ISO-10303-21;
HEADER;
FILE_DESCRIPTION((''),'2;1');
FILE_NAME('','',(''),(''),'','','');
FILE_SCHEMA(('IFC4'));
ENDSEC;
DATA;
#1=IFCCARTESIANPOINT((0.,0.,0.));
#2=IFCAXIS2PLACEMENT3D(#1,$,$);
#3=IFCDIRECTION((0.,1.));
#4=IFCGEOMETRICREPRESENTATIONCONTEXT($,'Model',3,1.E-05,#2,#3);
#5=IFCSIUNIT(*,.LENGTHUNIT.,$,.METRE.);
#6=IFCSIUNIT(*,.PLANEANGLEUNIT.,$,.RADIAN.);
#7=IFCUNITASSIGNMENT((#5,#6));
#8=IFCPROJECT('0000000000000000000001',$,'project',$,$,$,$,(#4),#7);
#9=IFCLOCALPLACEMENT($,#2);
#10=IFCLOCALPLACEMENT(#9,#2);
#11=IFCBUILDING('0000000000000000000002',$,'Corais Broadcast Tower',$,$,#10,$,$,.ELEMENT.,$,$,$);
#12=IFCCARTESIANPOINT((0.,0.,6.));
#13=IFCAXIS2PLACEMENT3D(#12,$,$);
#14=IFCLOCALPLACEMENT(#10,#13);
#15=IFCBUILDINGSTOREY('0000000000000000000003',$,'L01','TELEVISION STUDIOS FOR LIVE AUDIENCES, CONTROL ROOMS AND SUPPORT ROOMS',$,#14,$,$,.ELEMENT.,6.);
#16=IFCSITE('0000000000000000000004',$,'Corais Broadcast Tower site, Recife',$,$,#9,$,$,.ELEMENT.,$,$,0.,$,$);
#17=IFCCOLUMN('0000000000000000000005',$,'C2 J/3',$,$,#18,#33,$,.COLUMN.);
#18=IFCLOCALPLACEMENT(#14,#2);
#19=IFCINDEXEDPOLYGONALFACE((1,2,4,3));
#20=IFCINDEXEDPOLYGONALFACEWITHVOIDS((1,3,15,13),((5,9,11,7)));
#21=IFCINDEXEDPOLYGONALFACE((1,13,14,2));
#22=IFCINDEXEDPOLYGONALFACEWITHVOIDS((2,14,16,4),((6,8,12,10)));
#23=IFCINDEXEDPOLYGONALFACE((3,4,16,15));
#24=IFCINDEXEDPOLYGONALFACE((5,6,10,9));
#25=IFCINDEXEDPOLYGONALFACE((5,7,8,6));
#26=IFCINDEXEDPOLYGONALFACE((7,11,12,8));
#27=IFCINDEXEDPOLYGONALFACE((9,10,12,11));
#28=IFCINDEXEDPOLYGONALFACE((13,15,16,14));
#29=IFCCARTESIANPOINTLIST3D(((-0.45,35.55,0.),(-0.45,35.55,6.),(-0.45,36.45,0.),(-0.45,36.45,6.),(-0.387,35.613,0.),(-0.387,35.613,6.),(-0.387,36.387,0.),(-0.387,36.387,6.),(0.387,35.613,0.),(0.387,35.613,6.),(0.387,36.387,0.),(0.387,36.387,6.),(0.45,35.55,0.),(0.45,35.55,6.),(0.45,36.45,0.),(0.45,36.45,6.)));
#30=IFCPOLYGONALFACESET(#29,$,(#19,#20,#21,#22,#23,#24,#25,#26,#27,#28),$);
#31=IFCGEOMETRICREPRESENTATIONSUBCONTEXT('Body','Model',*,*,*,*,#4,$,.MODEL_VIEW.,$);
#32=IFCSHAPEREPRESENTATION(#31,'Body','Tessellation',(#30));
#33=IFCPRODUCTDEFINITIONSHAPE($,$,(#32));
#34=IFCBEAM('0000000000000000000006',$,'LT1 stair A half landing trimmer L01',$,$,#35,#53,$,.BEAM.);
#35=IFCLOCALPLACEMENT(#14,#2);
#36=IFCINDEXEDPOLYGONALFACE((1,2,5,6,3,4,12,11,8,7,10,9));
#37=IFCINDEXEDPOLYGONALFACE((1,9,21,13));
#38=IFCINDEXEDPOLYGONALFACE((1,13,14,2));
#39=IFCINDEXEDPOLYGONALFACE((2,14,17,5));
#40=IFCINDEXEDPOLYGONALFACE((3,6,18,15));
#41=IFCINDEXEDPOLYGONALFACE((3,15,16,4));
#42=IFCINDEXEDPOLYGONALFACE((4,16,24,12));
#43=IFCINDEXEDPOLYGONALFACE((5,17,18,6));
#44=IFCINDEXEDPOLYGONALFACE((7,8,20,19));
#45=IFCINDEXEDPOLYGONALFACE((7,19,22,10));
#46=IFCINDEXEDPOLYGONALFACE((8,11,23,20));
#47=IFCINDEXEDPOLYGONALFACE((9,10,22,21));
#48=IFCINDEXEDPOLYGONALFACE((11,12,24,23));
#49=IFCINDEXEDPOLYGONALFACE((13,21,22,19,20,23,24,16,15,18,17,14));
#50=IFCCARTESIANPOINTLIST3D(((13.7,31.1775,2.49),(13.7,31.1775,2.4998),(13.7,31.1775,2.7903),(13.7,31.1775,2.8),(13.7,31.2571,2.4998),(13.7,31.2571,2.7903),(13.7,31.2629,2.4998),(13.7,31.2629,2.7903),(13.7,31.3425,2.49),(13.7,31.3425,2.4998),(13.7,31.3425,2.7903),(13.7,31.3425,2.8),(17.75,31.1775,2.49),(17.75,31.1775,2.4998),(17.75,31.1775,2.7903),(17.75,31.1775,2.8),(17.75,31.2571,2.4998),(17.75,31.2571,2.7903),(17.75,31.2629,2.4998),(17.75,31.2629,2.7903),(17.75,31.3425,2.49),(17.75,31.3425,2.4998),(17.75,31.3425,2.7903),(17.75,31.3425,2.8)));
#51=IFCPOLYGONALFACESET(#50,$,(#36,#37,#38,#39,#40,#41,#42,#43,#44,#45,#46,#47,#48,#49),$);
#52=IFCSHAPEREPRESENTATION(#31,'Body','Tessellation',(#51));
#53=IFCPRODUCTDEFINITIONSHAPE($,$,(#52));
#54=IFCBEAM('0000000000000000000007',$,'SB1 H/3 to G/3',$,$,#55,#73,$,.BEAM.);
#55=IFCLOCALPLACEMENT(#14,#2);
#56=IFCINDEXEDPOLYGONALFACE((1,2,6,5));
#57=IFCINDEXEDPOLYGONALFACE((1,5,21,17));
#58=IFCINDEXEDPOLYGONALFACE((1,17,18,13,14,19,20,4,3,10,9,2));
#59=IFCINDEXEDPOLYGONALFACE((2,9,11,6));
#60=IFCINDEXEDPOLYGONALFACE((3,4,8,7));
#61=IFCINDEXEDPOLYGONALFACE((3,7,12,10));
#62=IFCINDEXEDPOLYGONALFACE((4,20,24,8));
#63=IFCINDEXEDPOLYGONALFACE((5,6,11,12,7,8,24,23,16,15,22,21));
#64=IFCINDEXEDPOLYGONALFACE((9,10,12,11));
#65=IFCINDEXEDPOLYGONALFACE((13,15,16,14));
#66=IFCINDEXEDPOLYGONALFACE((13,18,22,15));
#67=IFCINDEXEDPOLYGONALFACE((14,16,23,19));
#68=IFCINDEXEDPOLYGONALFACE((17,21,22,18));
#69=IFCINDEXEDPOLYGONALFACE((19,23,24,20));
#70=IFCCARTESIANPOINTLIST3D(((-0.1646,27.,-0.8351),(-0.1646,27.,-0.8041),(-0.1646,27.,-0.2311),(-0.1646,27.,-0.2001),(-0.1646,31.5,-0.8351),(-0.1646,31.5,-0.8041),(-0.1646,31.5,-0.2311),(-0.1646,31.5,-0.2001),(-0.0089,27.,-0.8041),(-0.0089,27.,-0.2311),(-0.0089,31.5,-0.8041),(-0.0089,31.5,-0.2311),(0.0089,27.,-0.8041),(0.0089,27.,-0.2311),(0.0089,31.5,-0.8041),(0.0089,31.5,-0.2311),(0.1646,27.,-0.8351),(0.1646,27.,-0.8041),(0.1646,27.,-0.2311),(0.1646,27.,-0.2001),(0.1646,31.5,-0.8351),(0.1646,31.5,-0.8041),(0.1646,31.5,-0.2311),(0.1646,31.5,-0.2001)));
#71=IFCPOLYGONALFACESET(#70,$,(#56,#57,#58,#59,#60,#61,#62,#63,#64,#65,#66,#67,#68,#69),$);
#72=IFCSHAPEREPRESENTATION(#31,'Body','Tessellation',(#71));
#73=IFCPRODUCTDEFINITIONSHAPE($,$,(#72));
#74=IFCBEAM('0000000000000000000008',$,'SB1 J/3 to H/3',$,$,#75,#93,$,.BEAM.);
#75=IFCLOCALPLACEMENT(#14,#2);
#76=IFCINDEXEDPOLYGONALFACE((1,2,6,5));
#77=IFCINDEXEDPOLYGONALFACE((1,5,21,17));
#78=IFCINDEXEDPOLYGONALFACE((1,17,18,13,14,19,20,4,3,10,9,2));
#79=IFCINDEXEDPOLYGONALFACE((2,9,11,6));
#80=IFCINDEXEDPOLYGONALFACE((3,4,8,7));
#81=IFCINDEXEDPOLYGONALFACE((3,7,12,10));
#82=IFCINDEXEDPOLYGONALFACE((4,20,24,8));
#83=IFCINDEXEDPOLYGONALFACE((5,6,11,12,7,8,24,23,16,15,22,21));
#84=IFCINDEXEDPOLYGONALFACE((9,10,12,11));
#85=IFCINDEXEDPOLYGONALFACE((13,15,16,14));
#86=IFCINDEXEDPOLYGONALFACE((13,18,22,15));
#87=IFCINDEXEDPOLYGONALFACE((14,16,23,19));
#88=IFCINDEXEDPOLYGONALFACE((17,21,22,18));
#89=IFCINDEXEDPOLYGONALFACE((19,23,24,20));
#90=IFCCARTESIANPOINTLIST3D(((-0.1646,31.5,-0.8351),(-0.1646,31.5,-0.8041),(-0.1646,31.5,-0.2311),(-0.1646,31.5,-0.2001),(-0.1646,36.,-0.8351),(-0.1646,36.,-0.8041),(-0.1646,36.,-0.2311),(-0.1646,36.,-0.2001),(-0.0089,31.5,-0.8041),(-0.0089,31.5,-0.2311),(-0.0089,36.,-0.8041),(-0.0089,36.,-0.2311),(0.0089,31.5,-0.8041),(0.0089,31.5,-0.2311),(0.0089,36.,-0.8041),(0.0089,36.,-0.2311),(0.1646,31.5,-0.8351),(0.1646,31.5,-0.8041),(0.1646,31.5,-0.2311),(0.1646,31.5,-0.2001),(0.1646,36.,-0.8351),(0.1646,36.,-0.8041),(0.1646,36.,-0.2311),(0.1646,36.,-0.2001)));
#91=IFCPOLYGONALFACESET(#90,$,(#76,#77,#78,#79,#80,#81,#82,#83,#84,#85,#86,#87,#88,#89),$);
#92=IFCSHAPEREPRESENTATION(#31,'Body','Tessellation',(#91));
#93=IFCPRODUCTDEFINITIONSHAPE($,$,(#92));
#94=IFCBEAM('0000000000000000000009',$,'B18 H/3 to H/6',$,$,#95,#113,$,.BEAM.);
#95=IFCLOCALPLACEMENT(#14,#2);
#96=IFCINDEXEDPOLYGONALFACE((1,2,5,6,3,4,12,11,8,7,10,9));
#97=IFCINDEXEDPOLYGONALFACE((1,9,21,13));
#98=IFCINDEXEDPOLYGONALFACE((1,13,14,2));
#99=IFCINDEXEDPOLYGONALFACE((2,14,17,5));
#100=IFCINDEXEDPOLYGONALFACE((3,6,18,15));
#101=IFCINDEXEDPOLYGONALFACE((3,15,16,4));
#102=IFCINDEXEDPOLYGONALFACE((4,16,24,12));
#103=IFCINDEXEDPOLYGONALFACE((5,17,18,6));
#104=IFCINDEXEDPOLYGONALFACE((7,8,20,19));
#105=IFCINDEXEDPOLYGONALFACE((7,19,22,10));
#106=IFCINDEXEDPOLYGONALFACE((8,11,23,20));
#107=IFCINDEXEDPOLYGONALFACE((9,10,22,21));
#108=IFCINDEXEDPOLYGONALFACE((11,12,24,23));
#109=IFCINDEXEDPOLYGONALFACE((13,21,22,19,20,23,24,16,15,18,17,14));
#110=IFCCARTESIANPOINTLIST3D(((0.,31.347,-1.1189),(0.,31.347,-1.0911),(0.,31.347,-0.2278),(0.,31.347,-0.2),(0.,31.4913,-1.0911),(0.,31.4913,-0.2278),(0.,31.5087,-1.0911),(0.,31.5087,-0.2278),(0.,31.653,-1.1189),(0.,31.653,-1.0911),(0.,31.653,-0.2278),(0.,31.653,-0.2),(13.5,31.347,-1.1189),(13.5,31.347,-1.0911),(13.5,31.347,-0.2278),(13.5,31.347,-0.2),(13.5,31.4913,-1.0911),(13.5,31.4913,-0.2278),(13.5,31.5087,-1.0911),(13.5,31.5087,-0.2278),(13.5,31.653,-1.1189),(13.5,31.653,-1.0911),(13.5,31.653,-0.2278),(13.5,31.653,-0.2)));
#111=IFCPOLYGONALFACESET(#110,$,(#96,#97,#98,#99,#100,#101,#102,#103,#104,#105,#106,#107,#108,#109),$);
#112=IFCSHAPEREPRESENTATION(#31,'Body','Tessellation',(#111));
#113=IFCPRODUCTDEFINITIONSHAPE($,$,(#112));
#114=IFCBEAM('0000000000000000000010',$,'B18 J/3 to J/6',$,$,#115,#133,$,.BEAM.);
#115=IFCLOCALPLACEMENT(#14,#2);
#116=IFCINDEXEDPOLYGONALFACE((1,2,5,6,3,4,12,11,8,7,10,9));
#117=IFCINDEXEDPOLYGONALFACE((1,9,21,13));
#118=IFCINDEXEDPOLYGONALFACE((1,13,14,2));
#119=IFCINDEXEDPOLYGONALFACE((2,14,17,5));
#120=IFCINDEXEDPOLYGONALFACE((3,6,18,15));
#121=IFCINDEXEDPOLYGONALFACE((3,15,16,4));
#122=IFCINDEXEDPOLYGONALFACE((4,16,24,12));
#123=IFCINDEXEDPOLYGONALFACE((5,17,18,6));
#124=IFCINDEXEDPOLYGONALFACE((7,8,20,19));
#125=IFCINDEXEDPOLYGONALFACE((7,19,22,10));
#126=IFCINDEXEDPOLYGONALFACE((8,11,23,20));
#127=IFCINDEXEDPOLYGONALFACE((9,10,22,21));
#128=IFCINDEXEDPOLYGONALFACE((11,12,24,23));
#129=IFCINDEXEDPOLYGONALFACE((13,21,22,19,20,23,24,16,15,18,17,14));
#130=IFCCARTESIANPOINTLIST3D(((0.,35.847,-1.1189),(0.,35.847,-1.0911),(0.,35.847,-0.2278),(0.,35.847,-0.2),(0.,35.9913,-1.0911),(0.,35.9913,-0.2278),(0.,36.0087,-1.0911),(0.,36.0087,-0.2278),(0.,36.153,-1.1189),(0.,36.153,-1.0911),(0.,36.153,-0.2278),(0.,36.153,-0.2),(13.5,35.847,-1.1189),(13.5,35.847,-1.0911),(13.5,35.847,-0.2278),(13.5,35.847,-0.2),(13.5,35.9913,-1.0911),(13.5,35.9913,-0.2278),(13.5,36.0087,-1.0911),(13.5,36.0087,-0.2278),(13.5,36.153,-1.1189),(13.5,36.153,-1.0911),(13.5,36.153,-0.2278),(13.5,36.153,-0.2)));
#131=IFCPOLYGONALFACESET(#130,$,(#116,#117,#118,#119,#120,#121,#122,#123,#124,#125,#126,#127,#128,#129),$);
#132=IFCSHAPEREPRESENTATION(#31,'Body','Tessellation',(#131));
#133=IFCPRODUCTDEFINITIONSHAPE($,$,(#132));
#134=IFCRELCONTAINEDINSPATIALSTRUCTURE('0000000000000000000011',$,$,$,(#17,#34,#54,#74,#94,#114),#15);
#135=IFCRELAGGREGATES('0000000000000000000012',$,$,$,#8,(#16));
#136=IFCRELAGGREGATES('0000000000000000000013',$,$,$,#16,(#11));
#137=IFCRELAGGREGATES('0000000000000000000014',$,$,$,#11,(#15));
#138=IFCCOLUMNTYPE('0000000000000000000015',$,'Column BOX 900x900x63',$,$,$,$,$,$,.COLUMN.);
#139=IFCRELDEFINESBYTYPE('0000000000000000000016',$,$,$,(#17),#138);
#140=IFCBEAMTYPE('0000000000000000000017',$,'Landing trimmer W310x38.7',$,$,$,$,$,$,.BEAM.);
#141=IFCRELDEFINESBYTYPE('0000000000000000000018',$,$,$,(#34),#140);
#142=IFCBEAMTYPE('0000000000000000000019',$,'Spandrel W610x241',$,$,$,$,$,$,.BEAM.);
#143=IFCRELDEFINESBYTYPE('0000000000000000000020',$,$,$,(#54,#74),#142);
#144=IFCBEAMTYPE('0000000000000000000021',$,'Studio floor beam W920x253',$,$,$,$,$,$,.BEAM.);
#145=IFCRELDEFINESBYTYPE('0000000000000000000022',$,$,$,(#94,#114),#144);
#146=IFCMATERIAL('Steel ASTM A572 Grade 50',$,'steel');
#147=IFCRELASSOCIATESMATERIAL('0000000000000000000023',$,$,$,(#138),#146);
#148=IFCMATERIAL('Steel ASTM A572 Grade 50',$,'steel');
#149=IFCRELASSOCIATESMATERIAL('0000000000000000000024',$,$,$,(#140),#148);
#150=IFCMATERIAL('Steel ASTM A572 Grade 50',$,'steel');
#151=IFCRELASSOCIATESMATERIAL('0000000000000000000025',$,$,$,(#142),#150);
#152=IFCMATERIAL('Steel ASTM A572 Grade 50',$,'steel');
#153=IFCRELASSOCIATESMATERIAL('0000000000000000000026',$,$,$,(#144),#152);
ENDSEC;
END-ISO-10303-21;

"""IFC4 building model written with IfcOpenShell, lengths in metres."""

from ifc_helpers import new_model, si_unit, direction, frame, origin, origin_2d, place, context, subcontext, project, spatial, hollow_rectangle, i_section, extrude, material, material_profile, profile_set, type_object, element, save


model = new_model("IFC4")

# Units and contexts
model_context = context("Model", 3, precision=1e-05, world=origin(), true_north=direction((0.0, 1.0)))
body_context = subcontext(model_context, "Body", "Model", "MODEL_VIEW")
ifc_project = project(units=[si_unit("LENGTHUNIT", "METRE"), si_unit("PLANEANGLEUNIT", "RADIAN")], contexts=[model_context])

# Site, building, storey
site_placement = place(None, origin())
site = spatial("IfcSite", under=ifc_project, at=site_placement, Name="Corais Broadcast Tower site, Recife", CompositionType="ELEMENT", RefElevation=0.0)
building_placement = place(site_placement, origin())
building = spatial("IfcBuilding", under=site, at=building_placement, Name="Corais Broadcast Tower", CompositionType="ELEMENT")
storey_placement = place(building_placement, frame((0.0, 0.0, 6.0)))
storey = spatial("IfcBuildingStorey", under=building, at=storey_placement, Name="L01", Description="TELEVISION STUDIOS FOR LIVE AUDIENCES, CONTROL ROOMS AND SUPPORT ROOMS", CompositionType="ELEMENT", Elevation=6.0)

# Column
ifc_material_1 = material(Name="Steel ASTM A572 Grade 50", Category="steel")
ifc_material_profile_1 = material_profile(ifc_material_1, hollow_rectangle(XDim=0.8999, YDim=0.8999, WallThickness=0.063, at=origin_2d()), Name="BOX 900x900x63")
ifc_profile_set_1 = profile_set([ifc_material_profile_1], Name="Steel ASTM A572 Grade 50")
column_type = type_object("IfcColumnType", Name="Column BOX 900x900x63", PredefinedType="COLUMN", material=ifc_profile_set_1)
column_placement = place(storey_placement, frame((0.0, 36.0, 0.0), z_axis=(0.0, 0.0, 1.0), x_axis=(1.0, 0.0, 0.0)))
element("IfcColumn", 1, at=column_placement, inside=storey, type_object=column_type, Name="C2 J/3", PredefinedType="COLUMN", context=body_context, shape_type="SweptSolid", body=[
    extrude(hollow_rectangle(XDim=0.8999, YDim=0.8999, WallThickness=0.063, at=origin_2d()), origin(), (0.0, 0.0, 1.0), 6.0),
])

# Beams
ifc_material_2 = material(Name="Steel ASTM A572 Grade 50", Category="steel")
ifc_material_profile_2 = material_profile(ifc_material_2, i_section(OverallWidth=0.165, OverallDepth=0.3101, WebThickness=0.0059, FlangeThickness=0.0098, at=origin_2d()), Name="W310x38.7")
ifc_profile_set_2 = profile_set([ifc_material_profile_2], Name="Steel ASTM A572 Grade 50")
beam_type_1 = type_object("IfcBeamType", Name="Landing trimmer W310x38.7", PredefinedType="BEAM", material=ifc_profile_set_2)
beam_placement = place(storey_placement, frame((13.7, 31.26, 2.645), z_axis=(1.0, 0.0, 0.0), x_axis=(0.0, 1.0, 0.0)))
element("IfcBeam", 2, at=beam_placement, inside=storey, type_object=beam_type_1, Name="LT1 stair A half landing trimmer L01", PredefinedType="BEAM", context=body_context, shape_type="SweptSolid", body=[
    extrude(i_section(OverallWidth=0.165, OverallDepth=0.3101, WebThickness=0.0059, FlangeThickness=0.0098, at=origin_2d()), origin(), (0.0, 0.0, 1.0), 4.05),
])
ifc_material_3 = material(Name="Steel ASTM A572 Grade 50", Category="steel")
ifc_material_profile_3 = material_profile(ifc_material_3, i_section(OverallWidth=0.3291, OverallDepth=0.635, WebThickness=0.0178, FlangeThickness=0.031, at=origin_2d()), Name="W610x241")
ifc_profile_set_3 = profile_set([ifc_material_profile_3], Name="Steel ASTM A572 Grade 50")
beam_type_2 = type_object("IfcBeamType", Name="Spandrel W610x241", PredefinedType="BEAM", material=ifc_profile_set_3)
for number, where, z_axis, x_axis, name in (
    (3, (0.0, 31.5, -0.5176), (0.0, -1.0, 0.0), (1.0, 0.0, 0.0), "SB1 H/3 to G/3"),
    (4, (0.0, 36.0, -0.5176), (0.0, -1.0, 0.0), (1.0, 0.0, 0.0), "SB1 J/3 to H/3"),
):
    element("IfcBeam", number, at=place(storey_placement, frame(where, z_axis=z_axis, x_axis=x_axis)), inside=storey, type_object=beam_type_2, Name=name, PredefinedType="BEAM", context=body_context, shape_type="SweptSolid", body=[
        extrude(i_section(OverallWidth=0.3291, OverallDepth=0.635, WebThickness=0.0178, FlangeThickness=0.031, at=origin_2d()), origin(), (0.0, 0.0, 1.0), 4.5),
    ])
ifc_material_4 = material(Name="Steel ASTM A572 Grade 50", Category="steel")
ifc_material_profile_4 = material_profile(ifc_material_4, i_section(OverallWidth=0.3059, OverallDepth=0.9189, WebThickness=0.0173, FlangeThickness=0.0278, at=origin_2d()), Name="W920x253")
ifc_profile_set_4 = profile_set([ifc_material_profile_4], Name="Steel ASTM A572 Grade 50")
beam_type_3 = type_object("IfcBeamType", Name="Studio floor beam W920x253", PredefinedType="BEAM", material=ifc_profile_set_4)
for number, where, z_axis, x_axis, name in (
    (5, (0.0, 31.5, -0.6594), (1.0, 0.0, 0.0), (0.0, 1.0, 0.0), "B18 H/3 to H/6"),
    (6, (0.0, 36.0, -0.6594), (1.0, 0.0, 0.0), (0.0, 1.0, 0.0), "B18 J/3 to J/6"),
):
    element("IfcBeam", number, at=place(storey_placement, frame(where, z_axis=z_axis, x_axis=x_axis)), inside=storey, type_object=beam_type_3, Name=name, PredefinedType="BEAM", context=body_context, shape_type="SweptSolid", body=[
        extrude(i_section(OverallWidth=0.3059, OverallDepth=0.9189, WebThickness=0.0173, FlangeThickness=0.0278, at=origin_2d()), origin(), (0.0, 0.0, 1.0), 13.5),
    ])

save(model, "model.ifc")
